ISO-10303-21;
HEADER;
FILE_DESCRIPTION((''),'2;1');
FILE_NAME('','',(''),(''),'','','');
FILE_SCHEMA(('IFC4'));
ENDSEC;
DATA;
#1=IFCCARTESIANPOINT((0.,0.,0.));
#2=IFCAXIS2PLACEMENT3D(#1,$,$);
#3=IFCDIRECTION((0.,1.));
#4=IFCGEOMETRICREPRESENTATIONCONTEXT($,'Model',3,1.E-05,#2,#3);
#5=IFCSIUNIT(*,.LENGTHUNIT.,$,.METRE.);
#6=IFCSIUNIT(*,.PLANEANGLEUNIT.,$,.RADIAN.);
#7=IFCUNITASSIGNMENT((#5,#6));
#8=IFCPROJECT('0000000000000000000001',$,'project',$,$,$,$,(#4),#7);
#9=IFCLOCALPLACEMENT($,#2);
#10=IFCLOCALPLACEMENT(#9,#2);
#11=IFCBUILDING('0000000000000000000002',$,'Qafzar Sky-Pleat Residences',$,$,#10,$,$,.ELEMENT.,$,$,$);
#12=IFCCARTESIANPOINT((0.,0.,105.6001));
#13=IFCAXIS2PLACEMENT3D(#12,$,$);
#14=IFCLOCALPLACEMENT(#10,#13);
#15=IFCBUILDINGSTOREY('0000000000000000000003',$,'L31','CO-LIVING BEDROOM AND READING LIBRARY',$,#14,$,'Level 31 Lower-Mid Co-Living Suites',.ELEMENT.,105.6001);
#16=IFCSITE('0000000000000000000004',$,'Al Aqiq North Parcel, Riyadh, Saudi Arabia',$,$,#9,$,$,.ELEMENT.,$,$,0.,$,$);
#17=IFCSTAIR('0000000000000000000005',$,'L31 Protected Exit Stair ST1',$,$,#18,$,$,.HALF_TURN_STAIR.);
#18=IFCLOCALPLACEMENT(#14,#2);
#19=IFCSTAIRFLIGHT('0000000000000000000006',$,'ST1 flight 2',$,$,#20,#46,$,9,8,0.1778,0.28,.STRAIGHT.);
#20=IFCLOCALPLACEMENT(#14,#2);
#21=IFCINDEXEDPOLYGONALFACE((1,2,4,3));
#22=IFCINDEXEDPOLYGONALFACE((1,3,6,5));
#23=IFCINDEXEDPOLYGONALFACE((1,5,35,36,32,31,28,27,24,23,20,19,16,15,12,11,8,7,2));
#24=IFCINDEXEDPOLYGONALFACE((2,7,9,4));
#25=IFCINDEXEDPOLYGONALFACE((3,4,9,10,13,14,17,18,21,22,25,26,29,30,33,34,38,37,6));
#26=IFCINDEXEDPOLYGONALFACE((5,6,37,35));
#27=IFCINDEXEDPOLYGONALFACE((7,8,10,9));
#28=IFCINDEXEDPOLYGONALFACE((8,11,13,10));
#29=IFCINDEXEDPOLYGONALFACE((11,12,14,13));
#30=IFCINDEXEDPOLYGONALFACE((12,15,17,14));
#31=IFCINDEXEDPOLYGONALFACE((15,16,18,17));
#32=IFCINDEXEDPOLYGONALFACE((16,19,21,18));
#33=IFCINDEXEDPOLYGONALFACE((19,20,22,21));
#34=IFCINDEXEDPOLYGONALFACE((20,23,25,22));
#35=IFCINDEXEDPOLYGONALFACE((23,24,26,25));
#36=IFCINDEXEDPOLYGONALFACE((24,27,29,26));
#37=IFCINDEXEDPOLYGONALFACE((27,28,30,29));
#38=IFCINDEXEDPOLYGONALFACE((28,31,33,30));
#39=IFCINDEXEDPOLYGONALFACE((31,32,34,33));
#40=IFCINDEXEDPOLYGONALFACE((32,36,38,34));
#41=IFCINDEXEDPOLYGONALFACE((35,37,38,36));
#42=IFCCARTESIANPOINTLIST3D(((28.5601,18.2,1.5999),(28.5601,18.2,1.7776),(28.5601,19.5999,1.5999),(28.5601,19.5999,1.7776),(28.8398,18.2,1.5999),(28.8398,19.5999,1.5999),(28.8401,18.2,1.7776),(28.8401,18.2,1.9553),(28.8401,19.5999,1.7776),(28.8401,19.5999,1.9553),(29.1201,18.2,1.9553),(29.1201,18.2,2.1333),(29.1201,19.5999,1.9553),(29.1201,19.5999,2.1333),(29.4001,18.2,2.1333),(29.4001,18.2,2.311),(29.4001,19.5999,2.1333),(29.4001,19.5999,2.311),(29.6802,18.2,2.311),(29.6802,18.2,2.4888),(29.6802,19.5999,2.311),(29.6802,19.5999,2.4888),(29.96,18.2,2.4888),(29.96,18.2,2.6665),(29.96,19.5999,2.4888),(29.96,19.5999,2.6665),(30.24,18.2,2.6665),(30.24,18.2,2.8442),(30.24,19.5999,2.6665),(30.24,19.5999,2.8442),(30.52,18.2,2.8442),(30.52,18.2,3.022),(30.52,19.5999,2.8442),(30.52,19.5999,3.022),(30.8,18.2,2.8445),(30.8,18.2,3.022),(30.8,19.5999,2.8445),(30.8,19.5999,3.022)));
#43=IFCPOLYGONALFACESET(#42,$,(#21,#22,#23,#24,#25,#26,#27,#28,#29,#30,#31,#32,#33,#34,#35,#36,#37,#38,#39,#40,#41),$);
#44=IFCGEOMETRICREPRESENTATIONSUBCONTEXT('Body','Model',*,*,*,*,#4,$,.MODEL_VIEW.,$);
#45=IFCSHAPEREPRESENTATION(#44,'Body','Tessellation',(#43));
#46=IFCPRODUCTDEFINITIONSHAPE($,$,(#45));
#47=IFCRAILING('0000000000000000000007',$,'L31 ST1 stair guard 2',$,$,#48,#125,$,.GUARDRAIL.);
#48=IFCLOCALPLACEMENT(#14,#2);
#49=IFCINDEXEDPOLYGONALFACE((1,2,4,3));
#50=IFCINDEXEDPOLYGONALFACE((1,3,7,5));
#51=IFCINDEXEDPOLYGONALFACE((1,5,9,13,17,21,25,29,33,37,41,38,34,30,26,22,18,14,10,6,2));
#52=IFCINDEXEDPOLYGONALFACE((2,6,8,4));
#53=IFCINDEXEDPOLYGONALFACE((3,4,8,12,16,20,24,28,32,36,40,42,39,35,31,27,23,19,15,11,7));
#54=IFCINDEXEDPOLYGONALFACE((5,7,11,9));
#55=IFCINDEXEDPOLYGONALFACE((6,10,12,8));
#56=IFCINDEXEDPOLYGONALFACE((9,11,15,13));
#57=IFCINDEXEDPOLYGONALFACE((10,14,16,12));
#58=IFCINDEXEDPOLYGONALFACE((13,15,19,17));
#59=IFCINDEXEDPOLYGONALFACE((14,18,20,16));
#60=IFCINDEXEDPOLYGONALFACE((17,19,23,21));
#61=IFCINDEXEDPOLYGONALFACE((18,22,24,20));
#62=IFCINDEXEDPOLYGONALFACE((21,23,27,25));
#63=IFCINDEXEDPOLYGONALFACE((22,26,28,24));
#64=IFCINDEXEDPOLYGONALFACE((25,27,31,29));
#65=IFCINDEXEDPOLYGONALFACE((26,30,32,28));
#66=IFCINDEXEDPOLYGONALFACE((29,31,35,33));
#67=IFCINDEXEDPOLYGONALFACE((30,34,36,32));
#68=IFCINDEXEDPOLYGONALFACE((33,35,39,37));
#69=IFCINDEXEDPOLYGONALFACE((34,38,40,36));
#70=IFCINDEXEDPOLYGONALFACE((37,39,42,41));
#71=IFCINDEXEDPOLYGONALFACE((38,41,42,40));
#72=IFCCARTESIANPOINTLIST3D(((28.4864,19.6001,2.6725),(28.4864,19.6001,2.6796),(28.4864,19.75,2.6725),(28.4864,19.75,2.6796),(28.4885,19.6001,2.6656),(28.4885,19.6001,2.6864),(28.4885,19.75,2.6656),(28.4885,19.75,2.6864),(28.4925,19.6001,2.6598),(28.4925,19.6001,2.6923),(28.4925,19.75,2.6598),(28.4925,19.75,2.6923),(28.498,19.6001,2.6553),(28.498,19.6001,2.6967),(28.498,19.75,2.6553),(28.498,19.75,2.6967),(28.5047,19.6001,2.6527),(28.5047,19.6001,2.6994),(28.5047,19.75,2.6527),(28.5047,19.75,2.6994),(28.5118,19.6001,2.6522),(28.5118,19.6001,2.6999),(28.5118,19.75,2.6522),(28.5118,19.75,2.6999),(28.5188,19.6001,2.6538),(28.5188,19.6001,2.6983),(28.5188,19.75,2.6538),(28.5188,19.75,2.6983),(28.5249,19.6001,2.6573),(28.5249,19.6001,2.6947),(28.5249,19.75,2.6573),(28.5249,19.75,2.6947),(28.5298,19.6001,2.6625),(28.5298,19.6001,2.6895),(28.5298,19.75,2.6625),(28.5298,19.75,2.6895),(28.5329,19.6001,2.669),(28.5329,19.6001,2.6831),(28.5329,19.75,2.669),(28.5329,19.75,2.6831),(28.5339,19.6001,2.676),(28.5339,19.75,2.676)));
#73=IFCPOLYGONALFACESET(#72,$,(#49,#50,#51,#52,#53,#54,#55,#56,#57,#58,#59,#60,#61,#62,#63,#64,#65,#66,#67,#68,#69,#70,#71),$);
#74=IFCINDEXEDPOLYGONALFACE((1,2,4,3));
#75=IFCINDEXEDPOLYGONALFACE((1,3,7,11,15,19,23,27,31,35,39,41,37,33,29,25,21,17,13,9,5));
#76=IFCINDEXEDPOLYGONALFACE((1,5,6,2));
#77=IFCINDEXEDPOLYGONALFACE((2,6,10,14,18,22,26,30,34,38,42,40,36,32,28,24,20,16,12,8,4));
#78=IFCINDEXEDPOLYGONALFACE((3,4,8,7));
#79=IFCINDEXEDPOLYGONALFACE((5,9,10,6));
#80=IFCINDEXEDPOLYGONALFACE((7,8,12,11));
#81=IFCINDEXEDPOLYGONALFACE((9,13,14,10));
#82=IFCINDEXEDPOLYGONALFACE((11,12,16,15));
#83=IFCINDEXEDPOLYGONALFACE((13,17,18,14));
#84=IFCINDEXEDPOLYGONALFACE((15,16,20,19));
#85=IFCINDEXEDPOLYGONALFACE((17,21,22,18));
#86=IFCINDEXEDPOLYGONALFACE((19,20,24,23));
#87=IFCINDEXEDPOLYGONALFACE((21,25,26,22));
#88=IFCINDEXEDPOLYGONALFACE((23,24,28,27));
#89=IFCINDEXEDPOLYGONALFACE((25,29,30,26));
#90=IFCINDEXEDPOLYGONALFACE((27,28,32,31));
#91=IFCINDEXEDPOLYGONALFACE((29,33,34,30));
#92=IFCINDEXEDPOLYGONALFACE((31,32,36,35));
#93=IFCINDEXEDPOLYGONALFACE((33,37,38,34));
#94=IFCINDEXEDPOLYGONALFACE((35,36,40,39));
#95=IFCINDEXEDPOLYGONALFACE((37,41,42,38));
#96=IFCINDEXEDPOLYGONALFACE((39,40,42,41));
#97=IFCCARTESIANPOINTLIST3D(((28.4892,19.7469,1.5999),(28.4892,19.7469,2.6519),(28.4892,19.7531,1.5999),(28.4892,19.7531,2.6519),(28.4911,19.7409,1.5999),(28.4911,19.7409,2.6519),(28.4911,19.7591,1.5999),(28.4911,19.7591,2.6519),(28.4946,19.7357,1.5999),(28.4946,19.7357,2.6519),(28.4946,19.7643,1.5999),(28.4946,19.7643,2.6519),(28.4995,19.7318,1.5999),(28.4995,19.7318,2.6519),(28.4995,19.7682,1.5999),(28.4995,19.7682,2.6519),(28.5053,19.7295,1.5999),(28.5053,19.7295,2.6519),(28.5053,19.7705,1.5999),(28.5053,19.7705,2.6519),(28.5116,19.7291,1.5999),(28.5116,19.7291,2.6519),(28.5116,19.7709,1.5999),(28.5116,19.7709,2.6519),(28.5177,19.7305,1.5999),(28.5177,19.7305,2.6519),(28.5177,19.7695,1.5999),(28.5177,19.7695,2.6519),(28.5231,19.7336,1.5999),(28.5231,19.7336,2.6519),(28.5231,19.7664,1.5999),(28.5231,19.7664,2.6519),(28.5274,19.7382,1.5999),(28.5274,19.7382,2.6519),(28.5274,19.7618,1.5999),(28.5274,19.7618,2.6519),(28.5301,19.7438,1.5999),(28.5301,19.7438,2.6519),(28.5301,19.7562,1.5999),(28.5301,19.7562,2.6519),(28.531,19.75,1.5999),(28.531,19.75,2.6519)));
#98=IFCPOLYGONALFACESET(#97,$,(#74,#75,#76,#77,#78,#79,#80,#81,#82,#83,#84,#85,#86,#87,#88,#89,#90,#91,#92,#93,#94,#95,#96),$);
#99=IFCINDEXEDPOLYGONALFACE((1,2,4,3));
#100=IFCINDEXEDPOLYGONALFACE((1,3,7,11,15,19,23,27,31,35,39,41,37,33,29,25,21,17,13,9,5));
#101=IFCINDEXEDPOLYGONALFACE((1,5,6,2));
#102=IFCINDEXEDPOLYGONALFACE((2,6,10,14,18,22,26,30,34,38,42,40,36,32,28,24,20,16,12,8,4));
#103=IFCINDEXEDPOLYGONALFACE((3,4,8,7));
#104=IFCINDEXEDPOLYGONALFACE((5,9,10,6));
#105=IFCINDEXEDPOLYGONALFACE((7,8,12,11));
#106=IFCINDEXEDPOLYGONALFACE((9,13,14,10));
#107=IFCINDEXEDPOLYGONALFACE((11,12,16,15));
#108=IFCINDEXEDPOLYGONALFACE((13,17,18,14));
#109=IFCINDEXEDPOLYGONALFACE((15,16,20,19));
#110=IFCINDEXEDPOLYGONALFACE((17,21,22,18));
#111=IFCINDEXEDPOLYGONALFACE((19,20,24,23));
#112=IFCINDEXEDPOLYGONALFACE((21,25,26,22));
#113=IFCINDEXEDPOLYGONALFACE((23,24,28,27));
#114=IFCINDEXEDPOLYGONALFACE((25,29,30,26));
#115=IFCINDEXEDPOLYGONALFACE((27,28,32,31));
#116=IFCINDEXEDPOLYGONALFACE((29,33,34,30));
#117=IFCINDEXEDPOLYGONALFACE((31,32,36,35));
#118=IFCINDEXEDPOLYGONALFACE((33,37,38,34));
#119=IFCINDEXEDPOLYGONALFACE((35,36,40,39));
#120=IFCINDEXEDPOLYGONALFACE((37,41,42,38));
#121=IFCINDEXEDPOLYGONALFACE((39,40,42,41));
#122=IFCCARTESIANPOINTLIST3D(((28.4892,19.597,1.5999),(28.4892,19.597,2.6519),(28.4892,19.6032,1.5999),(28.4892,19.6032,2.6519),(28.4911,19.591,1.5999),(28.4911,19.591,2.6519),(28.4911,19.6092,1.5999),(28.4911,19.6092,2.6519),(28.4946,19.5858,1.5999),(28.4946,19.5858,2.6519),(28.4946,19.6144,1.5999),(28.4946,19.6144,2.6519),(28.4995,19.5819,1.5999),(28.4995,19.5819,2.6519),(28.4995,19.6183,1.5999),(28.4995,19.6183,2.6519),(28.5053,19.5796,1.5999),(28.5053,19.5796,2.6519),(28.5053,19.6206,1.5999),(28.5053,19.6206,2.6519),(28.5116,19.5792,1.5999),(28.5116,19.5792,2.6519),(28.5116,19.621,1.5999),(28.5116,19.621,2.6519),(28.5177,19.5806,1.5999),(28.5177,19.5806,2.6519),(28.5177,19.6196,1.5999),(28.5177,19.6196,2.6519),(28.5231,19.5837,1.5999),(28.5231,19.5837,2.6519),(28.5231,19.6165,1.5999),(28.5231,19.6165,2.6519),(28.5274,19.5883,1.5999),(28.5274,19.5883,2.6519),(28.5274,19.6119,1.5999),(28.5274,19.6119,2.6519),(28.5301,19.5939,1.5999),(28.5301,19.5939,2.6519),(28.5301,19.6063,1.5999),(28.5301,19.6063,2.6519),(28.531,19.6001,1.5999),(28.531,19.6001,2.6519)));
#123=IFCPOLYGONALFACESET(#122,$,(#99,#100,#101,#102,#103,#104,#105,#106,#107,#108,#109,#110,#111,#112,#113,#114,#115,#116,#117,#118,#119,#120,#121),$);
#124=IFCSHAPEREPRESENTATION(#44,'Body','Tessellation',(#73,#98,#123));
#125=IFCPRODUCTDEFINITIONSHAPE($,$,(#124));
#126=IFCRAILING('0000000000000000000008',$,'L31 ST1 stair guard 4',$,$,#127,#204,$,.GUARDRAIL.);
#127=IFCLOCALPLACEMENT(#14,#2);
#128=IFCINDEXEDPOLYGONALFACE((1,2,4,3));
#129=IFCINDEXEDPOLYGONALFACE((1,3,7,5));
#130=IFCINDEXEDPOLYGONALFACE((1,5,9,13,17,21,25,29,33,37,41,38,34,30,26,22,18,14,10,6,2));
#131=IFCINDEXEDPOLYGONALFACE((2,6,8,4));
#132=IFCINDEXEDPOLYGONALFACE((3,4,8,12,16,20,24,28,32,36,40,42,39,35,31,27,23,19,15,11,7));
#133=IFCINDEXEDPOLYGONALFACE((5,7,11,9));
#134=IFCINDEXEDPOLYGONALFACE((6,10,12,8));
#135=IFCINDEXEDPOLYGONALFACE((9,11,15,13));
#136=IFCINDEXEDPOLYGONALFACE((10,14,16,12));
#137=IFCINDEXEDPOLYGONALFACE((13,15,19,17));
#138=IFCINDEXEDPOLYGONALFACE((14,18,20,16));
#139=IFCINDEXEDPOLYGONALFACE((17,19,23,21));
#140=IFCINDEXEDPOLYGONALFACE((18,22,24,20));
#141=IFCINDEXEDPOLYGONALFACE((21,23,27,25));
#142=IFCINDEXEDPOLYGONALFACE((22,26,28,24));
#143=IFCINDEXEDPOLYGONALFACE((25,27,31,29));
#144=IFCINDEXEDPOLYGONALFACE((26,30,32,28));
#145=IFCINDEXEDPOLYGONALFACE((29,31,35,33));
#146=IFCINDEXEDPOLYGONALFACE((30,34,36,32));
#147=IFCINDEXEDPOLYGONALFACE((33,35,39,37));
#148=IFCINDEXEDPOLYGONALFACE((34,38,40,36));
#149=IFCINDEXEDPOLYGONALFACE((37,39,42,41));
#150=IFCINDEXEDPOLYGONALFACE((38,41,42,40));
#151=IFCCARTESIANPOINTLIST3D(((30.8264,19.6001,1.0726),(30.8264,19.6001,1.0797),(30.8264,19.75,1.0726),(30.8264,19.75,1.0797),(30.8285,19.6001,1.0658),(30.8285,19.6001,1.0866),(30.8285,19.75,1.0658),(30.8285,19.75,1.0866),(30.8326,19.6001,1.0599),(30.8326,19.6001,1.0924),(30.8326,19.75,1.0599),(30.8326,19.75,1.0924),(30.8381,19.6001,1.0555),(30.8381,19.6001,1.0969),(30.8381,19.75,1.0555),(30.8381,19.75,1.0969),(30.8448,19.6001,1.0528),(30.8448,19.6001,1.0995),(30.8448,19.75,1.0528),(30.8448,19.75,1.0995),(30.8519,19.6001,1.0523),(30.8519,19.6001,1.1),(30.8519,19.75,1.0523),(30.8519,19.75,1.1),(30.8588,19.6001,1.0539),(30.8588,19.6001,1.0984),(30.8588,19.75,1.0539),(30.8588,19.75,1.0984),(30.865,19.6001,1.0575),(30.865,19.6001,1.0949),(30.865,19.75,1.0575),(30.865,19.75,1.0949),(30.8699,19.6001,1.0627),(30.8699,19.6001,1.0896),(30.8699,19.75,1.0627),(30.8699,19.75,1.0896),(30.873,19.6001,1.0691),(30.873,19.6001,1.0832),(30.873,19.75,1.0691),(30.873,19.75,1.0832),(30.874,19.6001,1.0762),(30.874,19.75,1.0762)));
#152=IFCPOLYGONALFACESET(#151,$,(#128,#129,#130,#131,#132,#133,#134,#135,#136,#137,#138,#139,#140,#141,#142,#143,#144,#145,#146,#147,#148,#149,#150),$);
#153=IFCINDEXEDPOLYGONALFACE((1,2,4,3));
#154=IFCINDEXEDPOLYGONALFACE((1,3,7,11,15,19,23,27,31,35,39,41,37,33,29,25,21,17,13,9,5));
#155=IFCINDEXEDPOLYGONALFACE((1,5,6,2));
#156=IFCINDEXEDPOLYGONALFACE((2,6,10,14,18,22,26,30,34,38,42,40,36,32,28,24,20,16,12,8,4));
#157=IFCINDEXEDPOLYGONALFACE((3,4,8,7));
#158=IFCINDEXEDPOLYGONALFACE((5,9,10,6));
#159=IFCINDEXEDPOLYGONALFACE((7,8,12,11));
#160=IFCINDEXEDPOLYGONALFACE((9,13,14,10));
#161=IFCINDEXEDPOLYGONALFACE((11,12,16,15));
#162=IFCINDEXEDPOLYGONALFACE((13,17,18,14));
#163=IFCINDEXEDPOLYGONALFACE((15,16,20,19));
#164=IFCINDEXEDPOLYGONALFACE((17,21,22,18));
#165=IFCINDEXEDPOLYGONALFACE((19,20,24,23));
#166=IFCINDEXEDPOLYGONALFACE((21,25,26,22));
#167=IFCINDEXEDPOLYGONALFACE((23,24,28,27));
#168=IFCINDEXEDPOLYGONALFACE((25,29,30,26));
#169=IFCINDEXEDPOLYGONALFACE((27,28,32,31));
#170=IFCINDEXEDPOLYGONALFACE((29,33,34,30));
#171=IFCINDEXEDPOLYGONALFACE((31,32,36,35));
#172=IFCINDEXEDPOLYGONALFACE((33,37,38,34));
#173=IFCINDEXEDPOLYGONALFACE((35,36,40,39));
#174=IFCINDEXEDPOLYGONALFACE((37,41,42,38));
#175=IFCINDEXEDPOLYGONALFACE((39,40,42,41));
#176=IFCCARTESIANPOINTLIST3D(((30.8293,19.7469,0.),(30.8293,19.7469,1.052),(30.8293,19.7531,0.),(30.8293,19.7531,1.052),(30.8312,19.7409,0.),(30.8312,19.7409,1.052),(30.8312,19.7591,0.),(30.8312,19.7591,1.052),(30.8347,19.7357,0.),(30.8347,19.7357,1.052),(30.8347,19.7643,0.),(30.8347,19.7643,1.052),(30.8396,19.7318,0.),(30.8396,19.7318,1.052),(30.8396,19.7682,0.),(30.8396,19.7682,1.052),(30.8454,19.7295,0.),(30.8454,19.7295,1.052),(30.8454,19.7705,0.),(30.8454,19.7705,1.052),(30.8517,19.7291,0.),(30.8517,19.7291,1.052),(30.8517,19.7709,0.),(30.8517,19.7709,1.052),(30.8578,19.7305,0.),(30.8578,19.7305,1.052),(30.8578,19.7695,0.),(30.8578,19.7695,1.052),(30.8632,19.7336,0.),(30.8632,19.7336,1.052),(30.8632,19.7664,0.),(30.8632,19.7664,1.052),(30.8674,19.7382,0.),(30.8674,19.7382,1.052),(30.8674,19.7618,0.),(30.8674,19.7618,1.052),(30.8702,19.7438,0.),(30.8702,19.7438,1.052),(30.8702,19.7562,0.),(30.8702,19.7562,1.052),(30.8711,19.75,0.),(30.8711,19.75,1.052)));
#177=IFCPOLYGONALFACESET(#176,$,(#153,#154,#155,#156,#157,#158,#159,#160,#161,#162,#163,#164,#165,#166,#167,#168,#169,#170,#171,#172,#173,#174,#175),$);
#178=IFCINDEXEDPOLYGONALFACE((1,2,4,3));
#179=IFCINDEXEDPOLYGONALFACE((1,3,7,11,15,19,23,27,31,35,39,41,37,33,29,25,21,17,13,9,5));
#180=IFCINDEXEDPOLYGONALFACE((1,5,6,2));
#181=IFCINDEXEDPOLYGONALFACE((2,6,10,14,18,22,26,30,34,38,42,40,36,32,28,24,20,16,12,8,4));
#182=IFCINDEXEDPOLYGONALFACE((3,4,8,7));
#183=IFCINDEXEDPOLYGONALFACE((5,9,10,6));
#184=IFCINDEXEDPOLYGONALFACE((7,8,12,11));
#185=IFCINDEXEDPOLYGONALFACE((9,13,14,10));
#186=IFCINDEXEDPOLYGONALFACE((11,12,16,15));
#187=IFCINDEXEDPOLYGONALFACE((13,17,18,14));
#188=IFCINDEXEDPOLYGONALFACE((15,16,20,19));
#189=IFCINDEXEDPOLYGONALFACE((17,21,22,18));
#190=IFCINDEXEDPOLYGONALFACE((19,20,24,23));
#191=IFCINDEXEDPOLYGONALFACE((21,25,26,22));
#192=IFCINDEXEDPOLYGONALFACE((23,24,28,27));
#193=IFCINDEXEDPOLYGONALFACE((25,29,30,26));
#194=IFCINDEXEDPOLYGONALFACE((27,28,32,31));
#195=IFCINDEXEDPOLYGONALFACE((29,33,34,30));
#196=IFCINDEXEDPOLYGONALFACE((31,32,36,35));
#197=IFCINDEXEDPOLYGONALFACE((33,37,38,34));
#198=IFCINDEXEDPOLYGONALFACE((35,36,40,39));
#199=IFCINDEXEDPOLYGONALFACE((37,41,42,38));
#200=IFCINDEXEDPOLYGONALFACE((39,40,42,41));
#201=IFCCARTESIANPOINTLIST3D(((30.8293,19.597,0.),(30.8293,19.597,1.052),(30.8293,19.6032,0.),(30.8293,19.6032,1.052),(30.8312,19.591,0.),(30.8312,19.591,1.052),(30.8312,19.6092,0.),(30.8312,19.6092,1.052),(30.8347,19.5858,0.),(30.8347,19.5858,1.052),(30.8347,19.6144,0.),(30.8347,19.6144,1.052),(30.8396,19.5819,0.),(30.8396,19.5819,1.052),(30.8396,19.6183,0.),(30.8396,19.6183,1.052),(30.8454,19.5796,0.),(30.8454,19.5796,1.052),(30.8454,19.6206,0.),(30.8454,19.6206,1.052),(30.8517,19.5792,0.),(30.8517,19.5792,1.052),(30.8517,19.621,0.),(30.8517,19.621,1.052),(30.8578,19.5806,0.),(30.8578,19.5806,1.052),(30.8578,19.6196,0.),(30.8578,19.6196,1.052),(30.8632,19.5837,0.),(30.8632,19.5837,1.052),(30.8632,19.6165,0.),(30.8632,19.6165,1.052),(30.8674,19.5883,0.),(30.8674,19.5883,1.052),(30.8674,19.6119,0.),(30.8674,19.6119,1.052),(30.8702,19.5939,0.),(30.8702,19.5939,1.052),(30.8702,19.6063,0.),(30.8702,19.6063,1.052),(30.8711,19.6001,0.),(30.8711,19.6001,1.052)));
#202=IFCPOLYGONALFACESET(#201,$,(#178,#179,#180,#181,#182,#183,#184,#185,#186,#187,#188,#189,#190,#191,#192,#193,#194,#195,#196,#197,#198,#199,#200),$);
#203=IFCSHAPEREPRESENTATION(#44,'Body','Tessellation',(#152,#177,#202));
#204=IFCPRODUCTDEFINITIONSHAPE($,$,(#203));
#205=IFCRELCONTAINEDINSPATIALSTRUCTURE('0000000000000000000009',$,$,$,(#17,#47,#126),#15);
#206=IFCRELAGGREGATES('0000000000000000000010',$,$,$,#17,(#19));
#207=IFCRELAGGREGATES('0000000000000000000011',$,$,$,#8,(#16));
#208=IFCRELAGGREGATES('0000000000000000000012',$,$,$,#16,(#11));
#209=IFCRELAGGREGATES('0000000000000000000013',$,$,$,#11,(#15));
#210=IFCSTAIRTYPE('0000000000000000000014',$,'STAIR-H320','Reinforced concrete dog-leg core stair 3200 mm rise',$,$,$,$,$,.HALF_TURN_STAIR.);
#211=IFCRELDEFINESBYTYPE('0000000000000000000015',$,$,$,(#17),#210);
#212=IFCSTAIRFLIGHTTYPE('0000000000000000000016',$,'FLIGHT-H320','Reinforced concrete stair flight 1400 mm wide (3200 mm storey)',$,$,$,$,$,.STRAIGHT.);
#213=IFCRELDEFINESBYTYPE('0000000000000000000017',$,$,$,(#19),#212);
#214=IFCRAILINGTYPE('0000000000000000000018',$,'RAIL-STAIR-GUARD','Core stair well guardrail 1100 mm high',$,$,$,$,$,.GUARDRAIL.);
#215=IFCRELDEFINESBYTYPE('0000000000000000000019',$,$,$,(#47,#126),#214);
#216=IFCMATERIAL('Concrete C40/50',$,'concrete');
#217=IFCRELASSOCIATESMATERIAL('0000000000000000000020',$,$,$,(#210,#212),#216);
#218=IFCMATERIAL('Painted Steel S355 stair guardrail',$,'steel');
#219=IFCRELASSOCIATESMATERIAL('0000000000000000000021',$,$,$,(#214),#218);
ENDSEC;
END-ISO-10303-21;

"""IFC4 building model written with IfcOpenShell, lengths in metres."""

from ifc_helpers import new_model, si_unit, direction, frame, origin, origin_2d, place, context, subcontext, project, spatial, polyline, circle, outline, extrude, source, transform, mapped, material, type_object, element, aggregate, save


model = new_model("IFC4")

# Units and contexts
model_context = context("Model", 3, precision=1e-05, world=origin(), true_north=direction((0.0, 1.0)))
body_context = subcontext(model_context, "Body", "Model", "MODEL_VIEW")
ifc_project = project(units=[si_unit("LENGTHUNIT", "METRE"), si_unit("PLANEANGLEUNIT", "RADIAN")], contexts=[model_context])

# Site, building, storey
site_placement = place(None, origin())
site = spatial("IfcSite", under=ifc_project, at=site_placement, Name="Al Aqiq North Parcel, Riyadh, Saudi Arabia", CompositionType="ELEMENT", RefElevation=0.0)
building_placement = place(site_placement, origin())
building = spatial("IfcBuilding", under=site, at=building_placement, Name="Qafzar Sky-Pleat Residences", CompositionType="ELEMENT")
storey_placement = place(building_placement, frame((0.0, 0.0, 105.6001)))
storey = spatial("IfcBuildingStorey", under=building, at=storey_placement, Name="L31", Description="CO-LIVING BEDROOM AND READING LIBRARY", LongName="Level 31 Lower-Mid Co-Living Suites", CompositionType="ELEMENT", Elevation=105.6001)

# Stair, stair flight
ifc_material_1 = material(Name="Concrete C40/50", Category="concrete")
stair_type = type_object("IfcStairType", Name="STAIR-H320", Description="Reinforced concrete dog-leg core stair 3200 mm rise", PredefinedType="HALF_TURN_STAIR", material=ifc_material_1)
stair_placement = place(storey_placement, origin())
stair = element("IfcStair", 1, at=stair_placement, inside=storey, type_object=stair_type, Name="L31 Protected Exit Stair ST1", PredefinedType="HALF_TURN_STAIR")
stair_flight_type = type_object("IfcStairFlightType", Name="FLIGHT-H320", Description="Reinforced concrete stair flight 1400 mm wide (3200 mm storey)", PredefinedType="STRAIGHT", material=ifc_material_1)
shared_shape_1 = source(origin(), body_context, "Body", "SweptSolid", [
    extrude(outline(polyline([(0.0, 0.0), (0.0, 0.1777), (0.28, 0.1777), (0.28, 0.3555), (0.5601, 0.3555), (0.5601, 0.5334), (0.8401, 0.5334), (0.8401, 0.7112), (1.1201, 0.7112), (1.1201, 0.8889), (1.3999, 0.8889), (1.3999, 1.0667), (1.6799, 1.0667), (1.6799, 1.2444), (1.96, 1.2444), (1.96, 1.4221), (2.24, 1.4221), (2.24, 1.6001), (2.24, 1.2446), (0.2798, 0.0), (0.0, 0.0)])), frame((0.0, 0.7, 0.0), z_axis=(0.0, -1.0, 0.0), x_axis=(1.0, 0.0, 0.0)), (0.0, 0.0, 1.0), 1.3999),
])
stair_flight_1_placement = place(storey_placement, frame((28.5601, 18.8999, 1.5999), z_axis=(0.0, 0.0, 1.0), x_axis=(1.0, 0.0, 0.0)))
stair_flight_1 = element("IfcStairFlight", 2, at=stair_flight_1_placement, type_object=stair_flight_type, Name="ST1 flight 2", NumberOfRisers=9, NumberOfTreads=8, PredefinedType="STRAIGHT", RiserHeight=0.1778, TreadLength=0.28, context=body_context, shape_type="MappedRepresentation", body=[
    mapped(shared_shape_1, transform((0.0, 0.0, 0.0), x_axis=(1.0, 0.0, 0.0), y_axis=(0.0, 1.0, 0.0), z_axis=(0.0, 0.0, 1.0), scale=1.0)),
])
aggregate(stair, [stair_flight_1])

# Railings
ifc_material_2 = material(Name="Painted Steel S355 stair guardrail", Category="steel")
railing_type_1 = type_object("IfcRailingType", Name="RAIL-STAIR-GUARD", Description="Core stair well guardrail 1100 mm high", PredefinedType="GUARDRAIL", material=ifc_material_2)
shared_shape_2 = source(origin(), body_context, "Body", "SweptSolid", [
    extrude(circle(Radius=0.0239, at=origin_2d()), frame((0.0, 0.0, 1.0762), z_axis=(0.0, -1.0, 0.0), x_axis=(1.0, 0.0, 0.0)), (0.0, 0.0, 1.0), 0.1499),
    extrude(circle(Radius=0.021, at=origin_2d()), origin(), (0.0, 0.0, 1.0), 1.052),
    extrude(circle(Radius=0.021, at=origin_2d()), frame((0.0, -0.1499, 0.0)), (0.0, 0.0, 1.0), 1.052),
])
for number, where, name in (
    (3, (28.51, 19.75, 1.5999), "L31 ST1 stair guard 2"),
    (4, (30.8501, 19.75, 0.0), "L31 ST1 stair guard 4"),
):
    element("IfcRailing", number, at=place(storey_placement, frame(where)), inside=storey, type_object=railing_type_1, Name=name, PredefinedType="GUARDRAIL", context=body_context, shape_type="MappedRepresentation", body=[
        mapped(shared_shape_2, transform((0.0, 0.0, 0.0), x_axis=(1.0, 0.0, 0.0), y_axis=(0.0, 1.0, 0.0), z_axis=(0.0, 0.0, 1.0), scale=1.0)),
    ])

save(model, "model.ifc")
